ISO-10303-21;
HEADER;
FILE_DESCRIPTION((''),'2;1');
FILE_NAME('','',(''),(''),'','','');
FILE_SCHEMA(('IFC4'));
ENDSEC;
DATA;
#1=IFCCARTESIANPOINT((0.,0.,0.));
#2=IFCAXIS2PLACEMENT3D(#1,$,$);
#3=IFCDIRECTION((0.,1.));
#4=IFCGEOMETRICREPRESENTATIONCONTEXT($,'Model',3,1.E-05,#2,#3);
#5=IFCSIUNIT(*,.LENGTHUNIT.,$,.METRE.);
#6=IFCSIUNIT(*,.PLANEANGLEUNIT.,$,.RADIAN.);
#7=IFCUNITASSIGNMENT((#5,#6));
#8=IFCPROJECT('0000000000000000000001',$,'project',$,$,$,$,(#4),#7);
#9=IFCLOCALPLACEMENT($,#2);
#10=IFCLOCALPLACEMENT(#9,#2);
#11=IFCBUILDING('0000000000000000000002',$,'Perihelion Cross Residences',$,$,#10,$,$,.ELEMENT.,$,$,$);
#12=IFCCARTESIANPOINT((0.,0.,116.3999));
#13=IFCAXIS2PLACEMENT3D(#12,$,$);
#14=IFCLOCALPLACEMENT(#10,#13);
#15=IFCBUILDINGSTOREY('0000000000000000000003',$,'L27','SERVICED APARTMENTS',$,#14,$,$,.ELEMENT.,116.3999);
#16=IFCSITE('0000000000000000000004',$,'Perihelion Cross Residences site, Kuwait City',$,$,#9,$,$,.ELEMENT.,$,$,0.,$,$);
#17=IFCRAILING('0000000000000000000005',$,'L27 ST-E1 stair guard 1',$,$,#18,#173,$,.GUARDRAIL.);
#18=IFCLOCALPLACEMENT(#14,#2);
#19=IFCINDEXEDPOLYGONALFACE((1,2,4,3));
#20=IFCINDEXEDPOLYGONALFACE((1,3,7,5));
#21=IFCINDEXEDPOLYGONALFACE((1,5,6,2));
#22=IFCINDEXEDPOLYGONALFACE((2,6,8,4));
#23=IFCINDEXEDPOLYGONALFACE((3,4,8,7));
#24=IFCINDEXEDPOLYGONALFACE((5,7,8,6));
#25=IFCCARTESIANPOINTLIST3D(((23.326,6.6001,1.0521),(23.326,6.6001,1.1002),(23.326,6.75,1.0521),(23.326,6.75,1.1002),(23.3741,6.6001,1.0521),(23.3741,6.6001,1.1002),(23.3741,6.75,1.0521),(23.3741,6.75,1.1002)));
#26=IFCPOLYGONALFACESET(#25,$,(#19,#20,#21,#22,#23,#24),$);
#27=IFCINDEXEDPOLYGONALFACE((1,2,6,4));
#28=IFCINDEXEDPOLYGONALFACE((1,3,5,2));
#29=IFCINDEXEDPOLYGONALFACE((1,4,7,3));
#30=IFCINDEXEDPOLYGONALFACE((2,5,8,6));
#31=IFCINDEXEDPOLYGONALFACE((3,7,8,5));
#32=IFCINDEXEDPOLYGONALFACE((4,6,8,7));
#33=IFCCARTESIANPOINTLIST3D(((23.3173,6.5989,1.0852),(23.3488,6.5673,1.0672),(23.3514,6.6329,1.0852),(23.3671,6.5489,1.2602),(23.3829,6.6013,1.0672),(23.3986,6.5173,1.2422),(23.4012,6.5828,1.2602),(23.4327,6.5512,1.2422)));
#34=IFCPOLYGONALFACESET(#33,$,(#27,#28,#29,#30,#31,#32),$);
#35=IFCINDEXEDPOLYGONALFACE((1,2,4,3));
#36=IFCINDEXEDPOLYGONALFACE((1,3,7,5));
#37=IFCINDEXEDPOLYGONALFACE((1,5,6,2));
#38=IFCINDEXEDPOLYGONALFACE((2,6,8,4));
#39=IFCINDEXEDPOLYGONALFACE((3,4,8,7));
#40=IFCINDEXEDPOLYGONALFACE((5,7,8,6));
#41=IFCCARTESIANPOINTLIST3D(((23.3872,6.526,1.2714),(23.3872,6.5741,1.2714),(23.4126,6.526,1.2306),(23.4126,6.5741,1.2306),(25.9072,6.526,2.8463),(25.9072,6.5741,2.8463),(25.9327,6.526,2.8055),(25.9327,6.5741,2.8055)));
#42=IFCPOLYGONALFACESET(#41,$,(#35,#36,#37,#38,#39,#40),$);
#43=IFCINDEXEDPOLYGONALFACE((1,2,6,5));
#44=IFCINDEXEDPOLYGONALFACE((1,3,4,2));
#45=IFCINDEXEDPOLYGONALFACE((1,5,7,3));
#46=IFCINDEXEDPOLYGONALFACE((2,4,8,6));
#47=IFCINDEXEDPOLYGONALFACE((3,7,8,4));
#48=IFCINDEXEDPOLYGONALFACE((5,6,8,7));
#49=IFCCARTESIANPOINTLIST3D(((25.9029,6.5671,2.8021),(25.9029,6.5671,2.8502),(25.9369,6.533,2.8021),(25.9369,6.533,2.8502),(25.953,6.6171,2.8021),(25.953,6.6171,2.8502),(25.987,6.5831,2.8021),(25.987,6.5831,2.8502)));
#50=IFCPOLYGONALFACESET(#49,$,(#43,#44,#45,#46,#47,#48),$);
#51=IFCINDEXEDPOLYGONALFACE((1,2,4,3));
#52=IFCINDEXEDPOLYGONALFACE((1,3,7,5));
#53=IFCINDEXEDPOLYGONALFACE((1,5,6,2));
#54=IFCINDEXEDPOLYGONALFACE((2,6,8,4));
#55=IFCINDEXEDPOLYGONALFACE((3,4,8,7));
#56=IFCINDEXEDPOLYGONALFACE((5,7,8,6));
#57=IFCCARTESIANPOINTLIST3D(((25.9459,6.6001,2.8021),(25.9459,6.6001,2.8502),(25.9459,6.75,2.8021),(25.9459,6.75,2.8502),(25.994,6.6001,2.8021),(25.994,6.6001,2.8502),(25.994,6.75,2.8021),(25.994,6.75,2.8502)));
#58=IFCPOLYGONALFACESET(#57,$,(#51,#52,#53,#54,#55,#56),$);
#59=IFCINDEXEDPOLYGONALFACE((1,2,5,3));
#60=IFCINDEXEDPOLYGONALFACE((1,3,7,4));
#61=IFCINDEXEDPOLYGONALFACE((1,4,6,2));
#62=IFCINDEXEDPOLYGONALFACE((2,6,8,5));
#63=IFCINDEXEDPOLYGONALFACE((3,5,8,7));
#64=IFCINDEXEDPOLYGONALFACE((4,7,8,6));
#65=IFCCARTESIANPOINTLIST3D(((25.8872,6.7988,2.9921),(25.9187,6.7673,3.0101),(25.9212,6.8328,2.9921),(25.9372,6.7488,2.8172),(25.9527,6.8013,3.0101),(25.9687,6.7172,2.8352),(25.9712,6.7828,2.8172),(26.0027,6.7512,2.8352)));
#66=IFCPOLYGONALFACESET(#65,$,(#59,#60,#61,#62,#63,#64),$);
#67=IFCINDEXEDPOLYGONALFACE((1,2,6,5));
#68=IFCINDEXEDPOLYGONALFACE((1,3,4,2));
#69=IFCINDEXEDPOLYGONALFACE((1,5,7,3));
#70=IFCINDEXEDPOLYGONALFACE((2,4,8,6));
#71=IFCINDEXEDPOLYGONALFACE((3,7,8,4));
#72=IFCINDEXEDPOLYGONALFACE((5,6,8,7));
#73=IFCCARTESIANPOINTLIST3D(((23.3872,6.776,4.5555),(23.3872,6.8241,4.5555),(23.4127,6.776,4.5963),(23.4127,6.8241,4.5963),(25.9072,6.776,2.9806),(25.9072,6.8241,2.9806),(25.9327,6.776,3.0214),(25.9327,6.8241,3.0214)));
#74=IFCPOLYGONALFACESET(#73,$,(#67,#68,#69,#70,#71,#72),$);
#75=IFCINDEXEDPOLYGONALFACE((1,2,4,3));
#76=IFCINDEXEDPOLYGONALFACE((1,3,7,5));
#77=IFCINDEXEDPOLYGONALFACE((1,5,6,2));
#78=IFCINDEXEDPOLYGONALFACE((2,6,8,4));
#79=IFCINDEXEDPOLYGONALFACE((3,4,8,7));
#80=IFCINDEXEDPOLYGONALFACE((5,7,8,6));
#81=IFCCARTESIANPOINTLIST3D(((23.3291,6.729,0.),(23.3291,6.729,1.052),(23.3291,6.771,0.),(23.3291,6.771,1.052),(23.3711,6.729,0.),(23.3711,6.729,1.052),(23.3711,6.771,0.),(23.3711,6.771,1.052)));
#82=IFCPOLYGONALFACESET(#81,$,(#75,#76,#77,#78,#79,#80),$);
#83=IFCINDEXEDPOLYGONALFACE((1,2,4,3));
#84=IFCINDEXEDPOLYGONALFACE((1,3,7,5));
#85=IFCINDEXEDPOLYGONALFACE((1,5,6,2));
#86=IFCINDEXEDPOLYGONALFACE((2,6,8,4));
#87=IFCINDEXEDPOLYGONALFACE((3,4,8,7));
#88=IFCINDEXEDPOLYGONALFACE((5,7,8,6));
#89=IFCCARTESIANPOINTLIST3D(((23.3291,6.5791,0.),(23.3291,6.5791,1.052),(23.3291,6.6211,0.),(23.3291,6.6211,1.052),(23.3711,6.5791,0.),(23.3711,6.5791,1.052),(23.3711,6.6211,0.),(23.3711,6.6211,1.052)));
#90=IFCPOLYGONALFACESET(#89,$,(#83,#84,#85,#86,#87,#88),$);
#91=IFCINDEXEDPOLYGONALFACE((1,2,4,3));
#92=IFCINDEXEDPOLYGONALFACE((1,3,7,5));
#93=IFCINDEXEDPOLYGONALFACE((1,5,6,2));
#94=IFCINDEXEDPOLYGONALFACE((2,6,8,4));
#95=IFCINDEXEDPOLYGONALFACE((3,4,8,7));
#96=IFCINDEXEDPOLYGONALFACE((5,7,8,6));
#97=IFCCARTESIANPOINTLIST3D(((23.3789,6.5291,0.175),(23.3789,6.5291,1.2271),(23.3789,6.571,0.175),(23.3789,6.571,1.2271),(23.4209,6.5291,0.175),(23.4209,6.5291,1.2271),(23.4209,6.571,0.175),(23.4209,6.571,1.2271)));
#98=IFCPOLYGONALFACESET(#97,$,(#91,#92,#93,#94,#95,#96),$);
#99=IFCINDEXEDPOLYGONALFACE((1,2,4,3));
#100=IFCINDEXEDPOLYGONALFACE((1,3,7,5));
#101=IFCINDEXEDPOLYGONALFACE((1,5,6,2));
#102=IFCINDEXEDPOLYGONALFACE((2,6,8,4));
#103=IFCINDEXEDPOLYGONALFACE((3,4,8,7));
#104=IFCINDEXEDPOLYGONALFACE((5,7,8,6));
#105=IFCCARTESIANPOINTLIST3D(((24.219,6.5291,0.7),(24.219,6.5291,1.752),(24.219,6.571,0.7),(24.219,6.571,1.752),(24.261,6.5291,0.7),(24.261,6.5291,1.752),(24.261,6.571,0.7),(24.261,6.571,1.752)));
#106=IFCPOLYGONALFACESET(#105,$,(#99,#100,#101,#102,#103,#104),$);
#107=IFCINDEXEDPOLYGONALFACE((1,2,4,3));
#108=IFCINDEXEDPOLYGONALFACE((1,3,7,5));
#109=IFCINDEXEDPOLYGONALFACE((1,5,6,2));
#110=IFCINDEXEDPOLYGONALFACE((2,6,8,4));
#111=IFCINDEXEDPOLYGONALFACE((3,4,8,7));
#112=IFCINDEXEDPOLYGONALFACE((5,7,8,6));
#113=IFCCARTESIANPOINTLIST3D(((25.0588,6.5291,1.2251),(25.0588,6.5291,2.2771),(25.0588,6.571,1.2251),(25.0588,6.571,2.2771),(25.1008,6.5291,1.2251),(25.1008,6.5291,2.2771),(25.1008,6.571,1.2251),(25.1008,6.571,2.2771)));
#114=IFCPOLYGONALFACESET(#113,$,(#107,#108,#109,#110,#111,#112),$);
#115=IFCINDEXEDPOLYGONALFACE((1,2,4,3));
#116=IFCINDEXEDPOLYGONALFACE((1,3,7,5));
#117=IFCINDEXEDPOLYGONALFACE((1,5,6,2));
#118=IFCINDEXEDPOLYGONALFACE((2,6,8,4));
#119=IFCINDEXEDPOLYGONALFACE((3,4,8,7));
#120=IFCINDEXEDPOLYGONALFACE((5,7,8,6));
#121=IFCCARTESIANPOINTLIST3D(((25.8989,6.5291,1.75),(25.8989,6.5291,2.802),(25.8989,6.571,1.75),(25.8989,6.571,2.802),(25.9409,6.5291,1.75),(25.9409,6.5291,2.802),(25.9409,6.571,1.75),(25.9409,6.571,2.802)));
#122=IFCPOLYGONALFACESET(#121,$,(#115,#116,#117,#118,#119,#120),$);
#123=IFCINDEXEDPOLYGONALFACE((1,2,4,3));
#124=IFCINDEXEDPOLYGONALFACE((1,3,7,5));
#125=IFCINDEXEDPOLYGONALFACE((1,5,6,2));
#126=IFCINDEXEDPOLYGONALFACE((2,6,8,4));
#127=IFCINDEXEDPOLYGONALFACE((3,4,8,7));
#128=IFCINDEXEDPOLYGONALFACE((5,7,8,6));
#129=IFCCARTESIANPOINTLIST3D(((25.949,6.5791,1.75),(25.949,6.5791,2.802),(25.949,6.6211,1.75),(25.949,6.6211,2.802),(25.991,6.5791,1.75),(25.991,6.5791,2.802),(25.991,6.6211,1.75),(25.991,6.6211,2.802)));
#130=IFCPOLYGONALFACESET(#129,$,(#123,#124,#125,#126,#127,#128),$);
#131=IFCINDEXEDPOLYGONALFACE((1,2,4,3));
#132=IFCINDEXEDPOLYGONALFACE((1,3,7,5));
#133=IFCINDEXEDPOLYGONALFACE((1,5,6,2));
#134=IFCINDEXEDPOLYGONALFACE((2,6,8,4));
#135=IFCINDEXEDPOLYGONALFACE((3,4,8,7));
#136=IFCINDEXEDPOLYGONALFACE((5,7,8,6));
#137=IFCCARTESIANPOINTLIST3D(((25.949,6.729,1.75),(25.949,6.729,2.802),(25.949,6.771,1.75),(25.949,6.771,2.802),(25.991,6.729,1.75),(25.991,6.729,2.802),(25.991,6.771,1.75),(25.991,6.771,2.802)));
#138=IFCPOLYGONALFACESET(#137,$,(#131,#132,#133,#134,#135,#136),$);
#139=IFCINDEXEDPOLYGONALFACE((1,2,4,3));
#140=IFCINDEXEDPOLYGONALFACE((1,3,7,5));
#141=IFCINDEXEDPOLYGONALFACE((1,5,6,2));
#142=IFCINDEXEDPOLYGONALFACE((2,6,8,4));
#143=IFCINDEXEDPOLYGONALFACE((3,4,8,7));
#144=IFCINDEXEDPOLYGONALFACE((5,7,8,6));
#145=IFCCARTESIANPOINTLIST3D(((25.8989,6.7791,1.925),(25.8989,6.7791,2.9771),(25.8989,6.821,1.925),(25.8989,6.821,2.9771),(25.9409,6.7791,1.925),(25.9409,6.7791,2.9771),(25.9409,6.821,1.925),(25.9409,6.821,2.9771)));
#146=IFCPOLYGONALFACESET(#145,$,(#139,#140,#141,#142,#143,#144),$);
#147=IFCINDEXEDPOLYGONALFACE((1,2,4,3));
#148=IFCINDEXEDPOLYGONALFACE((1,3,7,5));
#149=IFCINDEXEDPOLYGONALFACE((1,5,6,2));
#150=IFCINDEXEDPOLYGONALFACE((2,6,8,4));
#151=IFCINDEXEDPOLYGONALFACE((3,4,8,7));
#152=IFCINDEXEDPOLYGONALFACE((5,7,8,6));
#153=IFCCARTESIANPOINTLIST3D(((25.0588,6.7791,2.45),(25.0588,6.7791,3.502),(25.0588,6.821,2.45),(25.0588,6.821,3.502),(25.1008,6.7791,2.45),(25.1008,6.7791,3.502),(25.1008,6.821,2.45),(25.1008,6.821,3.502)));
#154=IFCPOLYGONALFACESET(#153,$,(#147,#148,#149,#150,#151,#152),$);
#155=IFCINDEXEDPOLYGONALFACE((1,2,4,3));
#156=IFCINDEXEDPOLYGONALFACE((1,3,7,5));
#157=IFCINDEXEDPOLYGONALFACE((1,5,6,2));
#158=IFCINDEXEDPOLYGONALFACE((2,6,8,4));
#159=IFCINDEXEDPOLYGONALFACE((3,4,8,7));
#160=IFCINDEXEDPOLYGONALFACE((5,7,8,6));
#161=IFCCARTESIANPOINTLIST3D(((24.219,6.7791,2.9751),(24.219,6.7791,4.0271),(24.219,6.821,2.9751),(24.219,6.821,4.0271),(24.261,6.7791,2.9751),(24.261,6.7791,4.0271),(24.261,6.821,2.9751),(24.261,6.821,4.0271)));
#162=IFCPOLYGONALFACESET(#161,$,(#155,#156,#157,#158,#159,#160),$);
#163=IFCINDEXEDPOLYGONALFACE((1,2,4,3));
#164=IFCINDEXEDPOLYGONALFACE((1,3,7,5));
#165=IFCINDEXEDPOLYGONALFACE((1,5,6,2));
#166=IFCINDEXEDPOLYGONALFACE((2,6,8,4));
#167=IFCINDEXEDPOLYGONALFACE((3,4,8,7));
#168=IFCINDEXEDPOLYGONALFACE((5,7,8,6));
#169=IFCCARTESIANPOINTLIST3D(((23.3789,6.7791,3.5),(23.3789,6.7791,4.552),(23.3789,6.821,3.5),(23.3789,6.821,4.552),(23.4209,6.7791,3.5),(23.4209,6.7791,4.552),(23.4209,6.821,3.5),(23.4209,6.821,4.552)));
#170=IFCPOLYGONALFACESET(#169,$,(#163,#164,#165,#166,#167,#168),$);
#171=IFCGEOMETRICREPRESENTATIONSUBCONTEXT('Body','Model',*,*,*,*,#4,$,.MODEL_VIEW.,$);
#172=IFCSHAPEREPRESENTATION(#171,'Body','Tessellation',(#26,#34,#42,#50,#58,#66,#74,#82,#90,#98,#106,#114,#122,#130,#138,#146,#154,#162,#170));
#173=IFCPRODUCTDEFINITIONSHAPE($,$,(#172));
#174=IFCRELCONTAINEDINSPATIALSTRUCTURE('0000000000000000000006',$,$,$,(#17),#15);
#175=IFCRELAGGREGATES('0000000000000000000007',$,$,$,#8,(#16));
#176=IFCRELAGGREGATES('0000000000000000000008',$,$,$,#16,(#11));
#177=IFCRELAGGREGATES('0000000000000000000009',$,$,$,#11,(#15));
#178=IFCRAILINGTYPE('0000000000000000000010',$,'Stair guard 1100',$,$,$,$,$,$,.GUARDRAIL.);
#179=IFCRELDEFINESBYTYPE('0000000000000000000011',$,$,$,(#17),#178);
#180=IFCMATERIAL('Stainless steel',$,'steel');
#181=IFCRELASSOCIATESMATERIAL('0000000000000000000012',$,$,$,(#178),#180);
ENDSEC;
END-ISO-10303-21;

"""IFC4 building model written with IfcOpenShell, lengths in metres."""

from ifc_helpers import new_model, si_unit, direction, frame, origin, origin_2d, place, context, subcontext, project, spatial, rectangle, extrude, material, type_object, element, save


model = new_model("IFC4")

# Units and contexts
model_context = context("Model", 3, precision=1e-05, world=origin(), true_north=direction((0.0, 1.0)))
body_context = subcontext(model_context, "Body", "Model", "MODEL_VIEW")
ifc_project = project(units=[si_unit("LENGTHUNIT", "METRE"), si_unit("PLANEANGLEUNIT", "RADIAN")], contexts=[model_context])

# Site, building, storey
site_placement = place(None, origin())
site = spatial("IfcSite", under=ifc_project, at=site_placement, Name="Perihelion Cross Residences site, Kuwait City", CompositionType="ELEMENT", RefElevation=0.0)
building_placement = place(site_placement, origin())
building = spatial("IfcBuilding", under=site, at=building_placement, Name="Perihelion Cross Residences", CompositionType="ELEMENT")
storey_placement = place(building_placement, frame((0.0, 0.0, 116.3999)))
storey = spatial("IfcBuildingStorey", under=building, at=storey_placement, Name="L27", Description="SERVICED APARTMENTS", CompositionType="ELEMENT", Elevation=116.3999)

# Railing
ifc_material_1 = material(Name="Stainless steel", Category="steel")
railing_type_1 = type_object("IfcRailingType", Name="Stair guard 1100", PredefinedType="GUARDRAIL", material=ifc_material_1)
railing_1_placement = place(storey_placement, frame((23.3501, 6.75, 0.0)))
element("IfcRailing", 1, at=railing_1_placement, inside=storey, type_object=railing_type_1, Name="L27 ST-E1 stair guard 1", PredefinedType="GUARDRAIL", context=body_context, shape_type="SweptSolid", body=[
    extrude(rectangle(XDim=0.0481, YDim=0.0481, at=origin_2d()), frame((0.0, 0.0, 1.0762), z_axis=(0.0, -1.0, 0.0), x_axis=(1.0, 0.0, 0.0)), (0.0, 0.0, 1.0), 0.1499),
    extrude(rectangle(XDim=0.0481, YDim=0.0481, at=origin_2d()), frame((0.0, -0.1499, 1.0762), z_axis=(0.263862, -0.265156, 0.927399), x_axis=(0.708834, 0.705376, 0.0)), (0.0, 0.0, 1.0), 0.1887),
    extrude(rectangle(XDim=0.0481, YDim=0.0481, at=origin_2d()), frame((0.0498, -0.2, 1.251), z_axis=(0.848008, 0.0, 0.529984), x_axis=(0.0, 1.0, 0.0)), (0.0, 0.0, 1.0), 2.9717),
    extrude(rectangle(XDim=0.0481, YDim=0.0481, at=origin_2d()), frame((2.5698, -0.2, 2.8262), z_axis=(0.707107, 0.707107, 0.0), x_axis=(-0.707107, 0.707107, 0.0)), (0.0, 0.0, 1.0), 0.0708),
    extrude(rectangle(XDim=0.0481, YDim=0.0481, at=origin_2d()), frame((2.6199, -0.1499, 2.8262), z_axis=(0.0, 1.0, 0.0), x_axis=(-1.0, 0.0, 0.0)), (0.0, 0.0, 1.0), 0.1499),
    extrude(rectangle(XDim=0.0481, YDim=0.0481, at=origin_2d()), frame((2.6199, 0.0, 2.8262), z_axis=(-0.265065, 0.265065, 0.927082), x_axis=(-0.707107, -0.707107, 0.0)), (0.0, 0.0, 1.0), 0.1887),
    extrude(rectangle(XDim=0.0481, YDim=0.0481, at=origin_2d()), frame((2.5698, 0.05, 3.001), z_axis=(-0.848008, 0.0, 0.529984), x_axis=(0.0, -1.0, 0.0)), (0.0, 0.0, 1.0), 2.9717),
    extrude(rectangle(XDim=0.042, YDim=0.042, at=origin_2d()), origin(), (0.0, 0.0, 1.0), 1.052),
    extrude(rectangle(XDim=0.042, YDim=0.042, at=origin_2d()), frame((0.0, -0.1499, 0.0)), (0.0, 0.0, 1.0), 1.052),
    extrude(rectangle(XDim=0.042, YDim=0.042, at=origin_2d()), frame((0.0498, -0.2, 0.175)), (0.0, 0.0, 1.0), 1.052),
    extrude(rectangle(XDim=0.042, YDim=0.042, at=origin_2d()), frame((0.8899, -0.2, 0.7)), (0.0, 0.0, 1.0), 1.052),
    extrude(rectangle(XDim=0.042, YDim=0.042, at=origin_2d()), frame((1.7297, -0.2, 1.2251)), (0.0, 0.0, 1.0), 1.052),
    extrude(rectangle(XDim=0.042, YDim=0.042, at=origin_2d()), frame((2.5698, -0.2, 1.75)), (0.0, 0.0, 1.0), 1.052),
    extrude(rectangle(XDim=0.042, YDim=0.042, at=origin_2d()), frame((2.6199, -0.1499, 1.75)), (0.0, 0.0, 1.0), 1.052),
    extrude(rectangle(XDim=0.042, YDim=0.042, at=origin_2d()), frame((2.6199, 0.0, 1.75)), (0.0, 0.0, 1.0), 1.052),
    extrude(rectangle(XDim=0.042, YDim=0.042, at=origin_2d()), frame((2.5698, 0.05, 1.925)), (0.0, 0.0, 1.0), 1.052),
    extrude(rectangle(XDim=0.042, YDim=0.042, at=origin_2d()), frame((1.7297, 0.05, 2.45)), (0.0, 0.0, 1.0), 1.052),
    extrude(rectangle(XDim=0.042, YDim=0.042, at=origin_2d()), frame((0.8899, 0.05, 2.9751)), (0.0, 0.0, 1.0), 1.052),
    extrude(rectangle(XDim=0.042, YDim=0.042, at=origin_2d()), frame((0.0498, 0.05, 3.5)), (0.0, 0.0, 1.0), 1.052),
])

save(model, "model.ifc")
